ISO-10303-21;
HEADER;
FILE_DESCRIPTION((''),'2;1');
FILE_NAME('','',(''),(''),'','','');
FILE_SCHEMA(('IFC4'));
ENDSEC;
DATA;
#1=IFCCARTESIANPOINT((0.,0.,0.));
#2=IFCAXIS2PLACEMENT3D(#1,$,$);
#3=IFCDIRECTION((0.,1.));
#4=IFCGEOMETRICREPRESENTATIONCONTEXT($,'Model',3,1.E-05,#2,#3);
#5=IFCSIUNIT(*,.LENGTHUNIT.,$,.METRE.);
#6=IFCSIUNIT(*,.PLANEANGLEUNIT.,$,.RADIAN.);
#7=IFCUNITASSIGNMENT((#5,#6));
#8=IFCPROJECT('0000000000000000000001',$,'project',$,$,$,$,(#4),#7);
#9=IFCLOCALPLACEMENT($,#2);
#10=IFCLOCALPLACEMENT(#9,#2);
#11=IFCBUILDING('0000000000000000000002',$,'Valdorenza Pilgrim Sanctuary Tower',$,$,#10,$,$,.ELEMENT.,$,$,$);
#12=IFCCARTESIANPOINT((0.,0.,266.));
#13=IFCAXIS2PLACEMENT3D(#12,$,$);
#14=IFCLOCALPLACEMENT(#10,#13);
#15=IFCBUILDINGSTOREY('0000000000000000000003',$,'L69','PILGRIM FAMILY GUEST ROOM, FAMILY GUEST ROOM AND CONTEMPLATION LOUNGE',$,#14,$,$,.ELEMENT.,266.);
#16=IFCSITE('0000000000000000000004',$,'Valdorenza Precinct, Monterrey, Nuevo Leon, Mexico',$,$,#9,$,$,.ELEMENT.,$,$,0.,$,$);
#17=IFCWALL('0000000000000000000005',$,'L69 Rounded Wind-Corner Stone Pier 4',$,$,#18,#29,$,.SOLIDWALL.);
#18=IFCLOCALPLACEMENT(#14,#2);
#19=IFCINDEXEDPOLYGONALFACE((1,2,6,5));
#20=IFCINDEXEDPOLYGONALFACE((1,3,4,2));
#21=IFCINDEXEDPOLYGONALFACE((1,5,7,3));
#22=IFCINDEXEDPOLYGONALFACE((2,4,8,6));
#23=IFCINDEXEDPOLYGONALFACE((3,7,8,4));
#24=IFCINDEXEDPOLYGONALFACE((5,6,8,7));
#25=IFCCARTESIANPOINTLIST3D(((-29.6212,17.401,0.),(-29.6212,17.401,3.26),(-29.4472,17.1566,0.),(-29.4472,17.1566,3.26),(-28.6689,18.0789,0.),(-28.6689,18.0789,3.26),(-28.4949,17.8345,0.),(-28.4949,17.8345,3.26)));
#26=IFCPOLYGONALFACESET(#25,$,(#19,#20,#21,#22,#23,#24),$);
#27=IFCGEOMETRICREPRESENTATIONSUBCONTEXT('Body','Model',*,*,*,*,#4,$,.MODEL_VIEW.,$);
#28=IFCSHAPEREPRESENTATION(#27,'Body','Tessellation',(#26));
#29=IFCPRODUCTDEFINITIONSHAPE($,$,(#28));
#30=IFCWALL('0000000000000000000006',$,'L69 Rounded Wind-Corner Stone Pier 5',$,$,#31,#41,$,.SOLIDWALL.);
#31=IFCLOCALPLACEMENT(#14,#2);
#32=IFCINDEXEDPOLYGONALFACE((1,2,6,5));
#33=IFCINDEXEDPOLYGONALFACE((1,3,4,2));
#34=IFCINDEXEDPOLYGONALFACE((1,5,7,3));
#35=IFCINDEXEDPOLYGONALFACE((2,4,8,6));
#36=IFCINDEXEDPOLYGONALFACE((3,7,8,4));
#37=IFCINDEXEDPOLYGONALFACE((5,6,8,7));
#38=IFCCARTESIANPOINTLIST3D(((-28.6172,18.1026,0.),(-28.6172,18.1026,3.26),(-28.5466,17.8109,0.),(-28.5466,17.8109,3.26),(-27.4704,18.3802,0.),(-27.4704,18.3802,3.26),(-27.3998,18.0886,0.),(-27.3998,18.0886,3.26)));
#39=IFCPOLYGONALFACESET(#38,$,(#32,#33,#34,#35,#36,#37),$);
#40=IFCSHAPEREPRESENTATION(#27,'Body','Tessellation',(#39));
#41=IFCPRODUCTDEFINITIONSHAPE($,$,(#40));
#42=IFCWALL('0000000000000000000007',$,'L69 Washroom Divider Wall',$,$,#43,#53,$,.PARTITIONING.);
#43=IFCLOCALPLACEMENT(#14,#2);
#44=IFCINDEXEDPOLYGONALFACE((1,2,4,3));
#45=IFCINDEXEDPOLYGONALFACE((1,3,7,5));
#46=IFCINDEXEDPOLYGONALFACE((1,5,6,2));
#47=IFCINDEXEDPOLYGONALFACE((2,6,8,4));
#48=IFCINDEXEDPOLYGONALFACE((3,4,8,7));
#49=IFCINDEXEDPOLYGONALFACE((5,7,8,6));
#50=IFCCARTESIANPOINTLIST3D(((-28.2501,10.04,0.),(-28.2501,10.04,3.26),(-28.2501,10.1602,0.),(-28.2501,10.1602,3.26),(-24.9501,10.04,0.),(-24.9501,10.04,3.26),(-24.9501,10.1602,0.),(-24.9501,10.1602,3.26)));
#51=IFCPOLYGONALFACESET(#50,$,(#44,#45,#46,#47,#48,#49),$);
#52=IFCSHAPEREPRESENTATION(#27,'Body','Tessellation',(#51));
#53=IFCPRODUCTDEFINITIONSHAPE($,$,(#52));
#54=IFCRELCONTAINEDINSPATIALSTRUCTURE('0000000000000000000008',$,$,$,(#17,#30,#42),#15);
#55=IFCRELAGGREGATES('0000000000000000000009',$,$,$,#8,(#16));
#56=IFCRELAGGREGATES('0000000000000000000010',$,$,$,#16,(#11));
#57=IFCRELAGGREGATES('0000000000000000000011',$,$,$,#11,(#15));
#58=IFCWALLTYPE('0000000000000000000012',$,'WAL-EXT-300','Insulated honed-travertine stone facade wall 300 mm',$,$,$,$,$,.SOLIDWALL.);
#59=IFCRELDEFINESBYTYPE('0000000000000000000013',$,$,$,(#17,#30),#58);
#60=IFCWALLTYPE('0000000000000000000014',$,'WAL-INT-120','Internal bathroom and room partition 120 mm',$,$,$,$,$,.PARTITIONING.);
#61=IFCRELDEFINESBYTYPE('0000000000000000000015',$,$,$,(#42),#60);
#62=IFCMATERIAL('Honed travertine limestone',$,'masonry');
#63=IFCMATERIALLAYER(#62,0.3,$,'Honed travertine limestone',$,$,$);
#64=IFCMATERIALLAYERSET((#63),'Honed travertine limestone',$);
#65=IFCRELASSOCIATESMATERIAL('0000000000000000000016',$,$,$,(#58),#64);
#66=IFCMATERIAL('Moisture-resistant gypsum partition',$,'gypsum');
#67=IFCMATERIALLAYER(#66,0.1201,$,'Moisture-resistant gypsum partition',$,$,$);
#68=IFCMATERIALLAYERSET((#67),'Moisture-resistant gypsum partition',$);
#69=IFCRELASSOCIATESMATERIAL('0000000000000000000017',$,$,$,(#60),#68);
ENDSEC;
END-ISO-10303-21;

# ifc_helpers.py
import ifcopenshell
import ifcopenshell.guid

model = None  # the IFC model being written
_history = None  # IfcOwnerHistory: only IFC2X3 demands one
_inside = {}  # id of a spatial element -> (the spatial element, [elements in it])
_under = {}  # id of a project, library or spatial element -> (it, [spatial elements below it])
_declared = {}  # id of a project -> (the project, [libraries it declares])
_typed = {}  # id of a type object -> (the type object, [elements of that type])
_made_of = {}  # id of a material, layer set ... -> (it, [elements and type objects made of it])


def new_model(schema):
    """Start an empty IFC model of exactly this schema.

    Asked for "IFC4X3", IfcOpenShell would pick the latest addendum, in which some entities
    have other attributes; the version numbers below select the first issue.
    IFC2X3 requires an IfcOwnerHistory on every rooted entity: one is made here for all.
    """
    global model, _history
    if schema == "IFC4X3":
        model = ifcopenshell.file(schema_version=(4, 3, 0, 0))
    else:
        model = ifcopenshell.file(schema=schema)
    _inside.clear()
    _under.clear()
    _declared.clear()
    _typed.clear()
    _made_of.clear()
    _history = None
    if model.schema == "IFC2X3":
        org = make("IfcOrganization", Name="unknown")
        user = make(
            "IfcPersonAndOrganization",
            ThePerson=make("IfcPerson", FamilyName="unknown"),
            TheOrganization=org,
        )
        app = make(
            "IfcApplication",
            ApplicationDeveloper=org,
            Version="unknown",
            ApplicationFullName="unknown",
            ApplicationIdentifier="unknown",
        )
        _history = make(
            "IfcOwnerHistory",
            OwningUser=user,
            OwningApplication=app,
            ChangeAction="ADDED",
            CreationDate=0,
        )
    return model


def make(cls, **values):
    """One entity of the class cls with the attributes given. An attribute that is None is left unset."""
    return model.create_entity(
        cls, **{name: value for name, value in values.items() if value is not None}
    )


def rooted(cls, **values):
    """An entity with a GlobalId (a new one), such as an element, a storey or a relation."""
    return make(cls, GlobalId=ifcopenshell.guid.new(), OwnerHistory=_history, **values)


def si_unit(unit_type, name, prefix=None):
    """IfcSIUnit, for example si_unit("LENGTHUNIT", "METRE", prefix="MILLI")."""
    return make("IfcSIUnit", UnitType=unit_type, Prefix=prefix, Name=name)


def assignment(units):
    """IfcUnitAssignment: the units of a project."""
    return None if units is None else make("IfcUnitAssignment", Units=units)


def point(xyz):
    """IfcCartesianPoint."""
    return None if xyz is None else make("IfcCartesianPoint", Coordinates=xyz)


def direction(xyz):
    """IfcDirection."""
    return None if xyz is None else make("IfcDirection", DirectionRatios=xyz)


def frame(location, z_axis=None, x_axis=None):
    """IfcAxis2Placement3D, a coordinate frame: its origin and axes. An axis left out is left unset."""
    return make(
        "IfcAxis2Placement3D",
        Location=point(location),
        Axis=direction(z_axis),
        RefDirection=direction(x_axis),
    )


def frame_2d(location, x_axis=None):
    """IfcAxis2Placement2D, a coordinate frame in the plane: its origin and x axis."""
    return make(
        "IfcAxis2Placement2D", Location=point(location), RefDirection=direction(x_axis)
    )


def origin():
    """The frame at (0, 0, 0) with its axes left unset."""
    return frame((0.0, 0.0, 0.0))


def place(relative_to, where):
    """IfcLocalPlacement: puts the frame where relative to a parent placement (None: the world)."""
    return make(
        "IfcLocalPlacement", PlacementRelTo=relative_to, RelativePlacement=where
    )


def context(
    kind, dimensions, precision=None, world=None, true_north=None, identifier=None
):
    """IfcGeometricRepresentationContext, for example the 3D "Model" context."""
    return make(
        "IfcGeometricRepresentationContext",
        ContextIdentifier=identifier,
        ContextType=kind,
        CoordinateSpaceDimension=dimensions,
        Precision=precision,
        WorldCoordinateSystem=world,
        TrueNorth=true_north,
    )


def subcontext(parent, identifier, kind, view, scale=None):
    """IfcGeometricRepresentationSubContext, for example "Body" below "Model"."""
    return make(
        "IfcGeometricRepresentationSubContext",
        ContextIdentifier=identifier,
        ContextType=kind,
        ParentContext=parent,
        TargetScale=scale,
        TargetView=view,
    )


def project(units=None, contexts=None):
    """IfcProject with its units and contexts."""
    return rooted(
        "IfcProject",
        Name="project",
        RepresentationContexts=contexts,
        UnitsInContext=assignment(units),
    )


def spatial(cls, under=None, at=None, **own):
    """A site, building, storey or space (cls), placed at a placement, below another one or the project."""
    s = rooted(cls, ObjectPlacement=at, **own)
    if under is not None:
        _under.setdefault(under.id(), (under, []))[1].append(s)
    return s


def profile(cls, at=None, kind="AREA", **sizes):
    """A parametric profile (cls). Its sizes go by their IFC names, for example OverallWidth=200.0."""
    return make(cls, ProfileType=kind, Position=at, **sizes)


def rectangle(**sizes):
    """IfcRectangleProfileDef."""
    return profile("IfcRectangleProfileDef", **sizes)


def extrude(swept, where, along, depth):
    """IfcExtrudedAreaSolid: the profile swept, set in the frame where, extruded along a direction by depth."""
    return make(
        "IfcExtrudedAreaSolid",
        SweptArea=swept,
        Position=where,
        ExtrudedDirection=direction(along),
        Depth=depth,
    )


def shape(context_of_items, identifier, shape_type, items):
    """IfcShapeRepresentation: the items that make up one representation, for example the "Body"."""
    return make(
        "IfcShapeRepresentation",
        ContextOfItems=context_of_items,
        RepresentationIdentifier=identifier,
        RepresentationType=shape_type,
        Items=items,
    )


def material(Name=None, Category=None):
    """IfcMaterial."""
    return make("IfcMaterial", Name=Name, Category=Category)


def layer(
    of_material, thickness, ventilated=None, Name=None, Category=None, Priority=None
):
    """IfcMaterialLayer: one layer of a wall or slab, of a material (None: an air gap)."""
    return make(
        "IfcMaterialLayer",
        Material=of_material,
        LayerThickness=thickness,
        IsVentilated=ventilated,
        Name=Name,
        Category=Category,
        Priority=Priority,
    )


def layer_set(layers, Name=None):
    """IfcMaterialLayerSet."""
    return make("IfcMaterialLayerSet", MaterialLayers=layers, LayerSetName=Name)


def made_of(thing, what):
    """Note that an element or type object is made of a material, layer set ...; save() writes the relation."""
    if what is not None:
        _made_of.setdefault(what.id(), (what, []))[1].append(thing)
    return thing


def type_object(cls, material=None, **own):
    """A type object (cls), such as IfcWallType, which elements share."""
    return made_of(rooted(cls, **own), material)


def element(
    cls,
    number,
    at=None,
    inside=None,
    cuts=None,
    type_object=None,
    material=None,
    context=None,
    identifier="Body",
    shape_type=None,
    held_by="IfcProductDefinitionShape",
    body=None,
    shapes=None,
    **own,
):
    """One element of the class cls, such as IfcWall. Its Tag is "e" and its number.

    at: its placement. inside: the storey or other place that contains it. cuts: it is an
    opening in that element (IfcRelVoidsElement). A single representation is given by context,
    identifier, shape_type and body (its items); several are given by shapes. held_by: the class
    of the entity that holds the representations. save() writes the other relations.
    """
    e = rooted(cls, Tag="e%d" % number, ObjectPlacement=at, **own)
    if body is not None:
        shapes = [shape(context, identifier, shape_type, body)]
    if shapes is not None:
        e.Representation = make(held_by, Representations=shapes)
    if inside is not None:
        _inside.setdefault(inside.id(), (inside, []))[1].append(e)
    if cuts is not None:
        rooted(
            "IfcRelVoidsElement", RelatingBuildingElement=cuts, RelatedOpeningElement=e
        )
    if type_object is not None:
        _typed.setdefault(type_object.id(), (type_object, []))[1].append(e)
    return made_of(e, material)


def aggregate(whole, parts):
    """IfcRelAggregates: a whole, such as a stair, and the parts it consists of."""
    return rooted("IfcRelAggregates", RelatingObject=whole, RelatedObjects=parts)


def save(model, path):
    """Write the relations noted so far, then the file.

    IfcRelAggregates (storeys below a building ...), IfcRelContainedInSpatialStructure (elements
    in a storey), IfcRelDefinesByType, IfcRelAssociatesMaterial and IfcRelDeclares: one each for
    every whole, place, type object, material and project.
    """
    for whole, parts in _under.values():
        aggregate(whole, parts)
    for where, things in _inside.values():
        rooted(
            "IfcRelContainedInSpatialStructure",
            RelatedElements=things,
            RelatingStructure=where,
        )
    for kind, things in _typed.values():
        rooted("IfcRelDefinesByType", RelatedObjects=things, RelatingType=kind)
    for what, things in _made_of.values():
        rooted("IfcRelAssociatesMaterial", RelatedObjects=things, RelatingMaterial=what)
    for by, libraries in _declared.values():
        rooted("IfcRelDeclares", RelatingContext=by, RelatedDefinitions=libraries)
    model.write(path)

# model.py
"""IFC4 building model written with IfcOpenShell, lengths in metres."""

from ifc_helpers import new_model, si_unit, direction, frame, frame_2d, origin, place, context, subcontext, project, spatial, rectangle, extrude, material, layer, layer_set, type_object, element, save


model = new_model("IFC4")

# Units and contexts
model_context = context("Model", 3, precision=1e-05, world=origin(), true_north=direction((0.0, 1.0)))
body_context = subcontext(model_context, "Body", "Model", "MODEL_VIEW")
ifc_project = project(units=[si_unit("LENGTHUNIT", "METRE"), si_unit("PLANEANGLEUNIT", "RADIAN")], contexts=[model_context])

# Site, building, storey
site_placement = place(None, origin())
site = spatial("IfcSite", under=ifc_project, at=site_placement, Name="Valdorenza Precinct, Monterrey, Nuevo Leon, Mexico", CompositionType="ELEMENT", RefElevation=0.0)
building_placement = place(site_placement, origin())
building = spatial("IfcBuilding", under=site, at=building_placement, Name="Valdorenza Pilgrim Sanctuary Tower", CompositionType="ELEMENT")
storey_placement = place(building_placement, frame((0.0, 0.0, 266.0)))
storey = spatial("IfcBuildingStorey", under=building, at=storey_placement, Name="L69", Description="PILGRIM FAMILY GUEST ROOM, FAMILY GUEST ROOM AND CONTEMPLATION LOUNGE", CompositionType="ELEMENT", Elevation=266.0)

# Shared definitions
ifc_material_1 = material(Name="Honed travertine limestone", Category="masonry")

# Walls
ifc_layer_1 = layer(ifc_material_1, 0.3, Name="Honed travertine limestone")
ifc_layer_set_1 = layer_set([ifc_layer_1], Name="Honed travertine limestone")
wall_type_1 = type_object("IfcWallType", Name="WAL-EXT-300", Description="Insulated honed-travertine stone facade wall 300 mm", PredefinedType="SOLIDWALL", material=ifc_layer_set_1)
wall_1_placement = place(storey_placement, frame((-29.5342, 17.2788, 0.0), z_axis=(0.0, 0.0, 1.0), x_axis=(0.814664, 0.579934, 0.0)))
element("IfcWall", 1, at=wall_1_placement, inside=storey, type_object=wall_type_1, Name="L69 Rounded Wind-Corner Stone Pier 4", PredefinedType="SOLIDWALL", context=body_context, shape_type="SweptSolid", body=[
    extrude(rectangle(XDim=1.1689, YDim=0.3, at=frame_2d((0.5845, 0.0))), origin(), (0.0, 0.0, 1.0), 3.26),
])
wall_2_placement = place(storey_placement, frame((-28.5818, 17.9568, 0.0), z_axis=(0.0, 0.0, 1.0), x_axis=(0.971929, 0.235274, 0.0)))
element("IfcWall", 2, at=wall_2_placement, inside=storey, type_object=wall_type_1, Name="L69 Rounded Wind-Corner Stone Pier 5", PredefinedType="SOLIDWALL", context=body_context, shape_type="SweptSolid", body=[
    extrude(rectangle(XDim=1.1799, YDim=0.3, at=frame_2d((0.5898, 0.0))), origin(), (0.0, 0.0, 1.0), 3.26),
])
ifc_material_2 = material(Name="Moisture-resistant gypsum partition", Category="gypsum")
ifc_layer_2 = layer(ifc_material_2, 0.1201, Name="Moisture-resistant gypsum partition")
ifc_layer_set_2 = layer_set([ifc_layer_2], Name="Moisture-resistant gypsum partition")
wall_type_2 = type_object("IfcWallType", Name="WAL-INT-120", Description="Internal bathroom and room partition 120 mm", PredefinedType="PARTITIONING", material=ifc_layer_set_2)
wall_3_placement = place(storey_placement, frame((-28.25, 10.1001, 0.0), z_axis=(0.0, 0.0, 1.0), x_axis=(1.0, 0.0, 0.0)))
element("IfcWall", 3, at=wall_3_placement, inside=storey, type_object=wall_type_2, Name="L69 Washroom Divider Wall", PredefinedType="PARTITIONING", context=body_context, shape_type="SweptSolid", body=[
    extrude(rectangle(XDim=3.3, YDim=0.1201, at=frame_2d((1.6499, 0.0))), origin(), (0.0, 0.0, 1.0), 3.26),
])

save(model, "model.ifc")
